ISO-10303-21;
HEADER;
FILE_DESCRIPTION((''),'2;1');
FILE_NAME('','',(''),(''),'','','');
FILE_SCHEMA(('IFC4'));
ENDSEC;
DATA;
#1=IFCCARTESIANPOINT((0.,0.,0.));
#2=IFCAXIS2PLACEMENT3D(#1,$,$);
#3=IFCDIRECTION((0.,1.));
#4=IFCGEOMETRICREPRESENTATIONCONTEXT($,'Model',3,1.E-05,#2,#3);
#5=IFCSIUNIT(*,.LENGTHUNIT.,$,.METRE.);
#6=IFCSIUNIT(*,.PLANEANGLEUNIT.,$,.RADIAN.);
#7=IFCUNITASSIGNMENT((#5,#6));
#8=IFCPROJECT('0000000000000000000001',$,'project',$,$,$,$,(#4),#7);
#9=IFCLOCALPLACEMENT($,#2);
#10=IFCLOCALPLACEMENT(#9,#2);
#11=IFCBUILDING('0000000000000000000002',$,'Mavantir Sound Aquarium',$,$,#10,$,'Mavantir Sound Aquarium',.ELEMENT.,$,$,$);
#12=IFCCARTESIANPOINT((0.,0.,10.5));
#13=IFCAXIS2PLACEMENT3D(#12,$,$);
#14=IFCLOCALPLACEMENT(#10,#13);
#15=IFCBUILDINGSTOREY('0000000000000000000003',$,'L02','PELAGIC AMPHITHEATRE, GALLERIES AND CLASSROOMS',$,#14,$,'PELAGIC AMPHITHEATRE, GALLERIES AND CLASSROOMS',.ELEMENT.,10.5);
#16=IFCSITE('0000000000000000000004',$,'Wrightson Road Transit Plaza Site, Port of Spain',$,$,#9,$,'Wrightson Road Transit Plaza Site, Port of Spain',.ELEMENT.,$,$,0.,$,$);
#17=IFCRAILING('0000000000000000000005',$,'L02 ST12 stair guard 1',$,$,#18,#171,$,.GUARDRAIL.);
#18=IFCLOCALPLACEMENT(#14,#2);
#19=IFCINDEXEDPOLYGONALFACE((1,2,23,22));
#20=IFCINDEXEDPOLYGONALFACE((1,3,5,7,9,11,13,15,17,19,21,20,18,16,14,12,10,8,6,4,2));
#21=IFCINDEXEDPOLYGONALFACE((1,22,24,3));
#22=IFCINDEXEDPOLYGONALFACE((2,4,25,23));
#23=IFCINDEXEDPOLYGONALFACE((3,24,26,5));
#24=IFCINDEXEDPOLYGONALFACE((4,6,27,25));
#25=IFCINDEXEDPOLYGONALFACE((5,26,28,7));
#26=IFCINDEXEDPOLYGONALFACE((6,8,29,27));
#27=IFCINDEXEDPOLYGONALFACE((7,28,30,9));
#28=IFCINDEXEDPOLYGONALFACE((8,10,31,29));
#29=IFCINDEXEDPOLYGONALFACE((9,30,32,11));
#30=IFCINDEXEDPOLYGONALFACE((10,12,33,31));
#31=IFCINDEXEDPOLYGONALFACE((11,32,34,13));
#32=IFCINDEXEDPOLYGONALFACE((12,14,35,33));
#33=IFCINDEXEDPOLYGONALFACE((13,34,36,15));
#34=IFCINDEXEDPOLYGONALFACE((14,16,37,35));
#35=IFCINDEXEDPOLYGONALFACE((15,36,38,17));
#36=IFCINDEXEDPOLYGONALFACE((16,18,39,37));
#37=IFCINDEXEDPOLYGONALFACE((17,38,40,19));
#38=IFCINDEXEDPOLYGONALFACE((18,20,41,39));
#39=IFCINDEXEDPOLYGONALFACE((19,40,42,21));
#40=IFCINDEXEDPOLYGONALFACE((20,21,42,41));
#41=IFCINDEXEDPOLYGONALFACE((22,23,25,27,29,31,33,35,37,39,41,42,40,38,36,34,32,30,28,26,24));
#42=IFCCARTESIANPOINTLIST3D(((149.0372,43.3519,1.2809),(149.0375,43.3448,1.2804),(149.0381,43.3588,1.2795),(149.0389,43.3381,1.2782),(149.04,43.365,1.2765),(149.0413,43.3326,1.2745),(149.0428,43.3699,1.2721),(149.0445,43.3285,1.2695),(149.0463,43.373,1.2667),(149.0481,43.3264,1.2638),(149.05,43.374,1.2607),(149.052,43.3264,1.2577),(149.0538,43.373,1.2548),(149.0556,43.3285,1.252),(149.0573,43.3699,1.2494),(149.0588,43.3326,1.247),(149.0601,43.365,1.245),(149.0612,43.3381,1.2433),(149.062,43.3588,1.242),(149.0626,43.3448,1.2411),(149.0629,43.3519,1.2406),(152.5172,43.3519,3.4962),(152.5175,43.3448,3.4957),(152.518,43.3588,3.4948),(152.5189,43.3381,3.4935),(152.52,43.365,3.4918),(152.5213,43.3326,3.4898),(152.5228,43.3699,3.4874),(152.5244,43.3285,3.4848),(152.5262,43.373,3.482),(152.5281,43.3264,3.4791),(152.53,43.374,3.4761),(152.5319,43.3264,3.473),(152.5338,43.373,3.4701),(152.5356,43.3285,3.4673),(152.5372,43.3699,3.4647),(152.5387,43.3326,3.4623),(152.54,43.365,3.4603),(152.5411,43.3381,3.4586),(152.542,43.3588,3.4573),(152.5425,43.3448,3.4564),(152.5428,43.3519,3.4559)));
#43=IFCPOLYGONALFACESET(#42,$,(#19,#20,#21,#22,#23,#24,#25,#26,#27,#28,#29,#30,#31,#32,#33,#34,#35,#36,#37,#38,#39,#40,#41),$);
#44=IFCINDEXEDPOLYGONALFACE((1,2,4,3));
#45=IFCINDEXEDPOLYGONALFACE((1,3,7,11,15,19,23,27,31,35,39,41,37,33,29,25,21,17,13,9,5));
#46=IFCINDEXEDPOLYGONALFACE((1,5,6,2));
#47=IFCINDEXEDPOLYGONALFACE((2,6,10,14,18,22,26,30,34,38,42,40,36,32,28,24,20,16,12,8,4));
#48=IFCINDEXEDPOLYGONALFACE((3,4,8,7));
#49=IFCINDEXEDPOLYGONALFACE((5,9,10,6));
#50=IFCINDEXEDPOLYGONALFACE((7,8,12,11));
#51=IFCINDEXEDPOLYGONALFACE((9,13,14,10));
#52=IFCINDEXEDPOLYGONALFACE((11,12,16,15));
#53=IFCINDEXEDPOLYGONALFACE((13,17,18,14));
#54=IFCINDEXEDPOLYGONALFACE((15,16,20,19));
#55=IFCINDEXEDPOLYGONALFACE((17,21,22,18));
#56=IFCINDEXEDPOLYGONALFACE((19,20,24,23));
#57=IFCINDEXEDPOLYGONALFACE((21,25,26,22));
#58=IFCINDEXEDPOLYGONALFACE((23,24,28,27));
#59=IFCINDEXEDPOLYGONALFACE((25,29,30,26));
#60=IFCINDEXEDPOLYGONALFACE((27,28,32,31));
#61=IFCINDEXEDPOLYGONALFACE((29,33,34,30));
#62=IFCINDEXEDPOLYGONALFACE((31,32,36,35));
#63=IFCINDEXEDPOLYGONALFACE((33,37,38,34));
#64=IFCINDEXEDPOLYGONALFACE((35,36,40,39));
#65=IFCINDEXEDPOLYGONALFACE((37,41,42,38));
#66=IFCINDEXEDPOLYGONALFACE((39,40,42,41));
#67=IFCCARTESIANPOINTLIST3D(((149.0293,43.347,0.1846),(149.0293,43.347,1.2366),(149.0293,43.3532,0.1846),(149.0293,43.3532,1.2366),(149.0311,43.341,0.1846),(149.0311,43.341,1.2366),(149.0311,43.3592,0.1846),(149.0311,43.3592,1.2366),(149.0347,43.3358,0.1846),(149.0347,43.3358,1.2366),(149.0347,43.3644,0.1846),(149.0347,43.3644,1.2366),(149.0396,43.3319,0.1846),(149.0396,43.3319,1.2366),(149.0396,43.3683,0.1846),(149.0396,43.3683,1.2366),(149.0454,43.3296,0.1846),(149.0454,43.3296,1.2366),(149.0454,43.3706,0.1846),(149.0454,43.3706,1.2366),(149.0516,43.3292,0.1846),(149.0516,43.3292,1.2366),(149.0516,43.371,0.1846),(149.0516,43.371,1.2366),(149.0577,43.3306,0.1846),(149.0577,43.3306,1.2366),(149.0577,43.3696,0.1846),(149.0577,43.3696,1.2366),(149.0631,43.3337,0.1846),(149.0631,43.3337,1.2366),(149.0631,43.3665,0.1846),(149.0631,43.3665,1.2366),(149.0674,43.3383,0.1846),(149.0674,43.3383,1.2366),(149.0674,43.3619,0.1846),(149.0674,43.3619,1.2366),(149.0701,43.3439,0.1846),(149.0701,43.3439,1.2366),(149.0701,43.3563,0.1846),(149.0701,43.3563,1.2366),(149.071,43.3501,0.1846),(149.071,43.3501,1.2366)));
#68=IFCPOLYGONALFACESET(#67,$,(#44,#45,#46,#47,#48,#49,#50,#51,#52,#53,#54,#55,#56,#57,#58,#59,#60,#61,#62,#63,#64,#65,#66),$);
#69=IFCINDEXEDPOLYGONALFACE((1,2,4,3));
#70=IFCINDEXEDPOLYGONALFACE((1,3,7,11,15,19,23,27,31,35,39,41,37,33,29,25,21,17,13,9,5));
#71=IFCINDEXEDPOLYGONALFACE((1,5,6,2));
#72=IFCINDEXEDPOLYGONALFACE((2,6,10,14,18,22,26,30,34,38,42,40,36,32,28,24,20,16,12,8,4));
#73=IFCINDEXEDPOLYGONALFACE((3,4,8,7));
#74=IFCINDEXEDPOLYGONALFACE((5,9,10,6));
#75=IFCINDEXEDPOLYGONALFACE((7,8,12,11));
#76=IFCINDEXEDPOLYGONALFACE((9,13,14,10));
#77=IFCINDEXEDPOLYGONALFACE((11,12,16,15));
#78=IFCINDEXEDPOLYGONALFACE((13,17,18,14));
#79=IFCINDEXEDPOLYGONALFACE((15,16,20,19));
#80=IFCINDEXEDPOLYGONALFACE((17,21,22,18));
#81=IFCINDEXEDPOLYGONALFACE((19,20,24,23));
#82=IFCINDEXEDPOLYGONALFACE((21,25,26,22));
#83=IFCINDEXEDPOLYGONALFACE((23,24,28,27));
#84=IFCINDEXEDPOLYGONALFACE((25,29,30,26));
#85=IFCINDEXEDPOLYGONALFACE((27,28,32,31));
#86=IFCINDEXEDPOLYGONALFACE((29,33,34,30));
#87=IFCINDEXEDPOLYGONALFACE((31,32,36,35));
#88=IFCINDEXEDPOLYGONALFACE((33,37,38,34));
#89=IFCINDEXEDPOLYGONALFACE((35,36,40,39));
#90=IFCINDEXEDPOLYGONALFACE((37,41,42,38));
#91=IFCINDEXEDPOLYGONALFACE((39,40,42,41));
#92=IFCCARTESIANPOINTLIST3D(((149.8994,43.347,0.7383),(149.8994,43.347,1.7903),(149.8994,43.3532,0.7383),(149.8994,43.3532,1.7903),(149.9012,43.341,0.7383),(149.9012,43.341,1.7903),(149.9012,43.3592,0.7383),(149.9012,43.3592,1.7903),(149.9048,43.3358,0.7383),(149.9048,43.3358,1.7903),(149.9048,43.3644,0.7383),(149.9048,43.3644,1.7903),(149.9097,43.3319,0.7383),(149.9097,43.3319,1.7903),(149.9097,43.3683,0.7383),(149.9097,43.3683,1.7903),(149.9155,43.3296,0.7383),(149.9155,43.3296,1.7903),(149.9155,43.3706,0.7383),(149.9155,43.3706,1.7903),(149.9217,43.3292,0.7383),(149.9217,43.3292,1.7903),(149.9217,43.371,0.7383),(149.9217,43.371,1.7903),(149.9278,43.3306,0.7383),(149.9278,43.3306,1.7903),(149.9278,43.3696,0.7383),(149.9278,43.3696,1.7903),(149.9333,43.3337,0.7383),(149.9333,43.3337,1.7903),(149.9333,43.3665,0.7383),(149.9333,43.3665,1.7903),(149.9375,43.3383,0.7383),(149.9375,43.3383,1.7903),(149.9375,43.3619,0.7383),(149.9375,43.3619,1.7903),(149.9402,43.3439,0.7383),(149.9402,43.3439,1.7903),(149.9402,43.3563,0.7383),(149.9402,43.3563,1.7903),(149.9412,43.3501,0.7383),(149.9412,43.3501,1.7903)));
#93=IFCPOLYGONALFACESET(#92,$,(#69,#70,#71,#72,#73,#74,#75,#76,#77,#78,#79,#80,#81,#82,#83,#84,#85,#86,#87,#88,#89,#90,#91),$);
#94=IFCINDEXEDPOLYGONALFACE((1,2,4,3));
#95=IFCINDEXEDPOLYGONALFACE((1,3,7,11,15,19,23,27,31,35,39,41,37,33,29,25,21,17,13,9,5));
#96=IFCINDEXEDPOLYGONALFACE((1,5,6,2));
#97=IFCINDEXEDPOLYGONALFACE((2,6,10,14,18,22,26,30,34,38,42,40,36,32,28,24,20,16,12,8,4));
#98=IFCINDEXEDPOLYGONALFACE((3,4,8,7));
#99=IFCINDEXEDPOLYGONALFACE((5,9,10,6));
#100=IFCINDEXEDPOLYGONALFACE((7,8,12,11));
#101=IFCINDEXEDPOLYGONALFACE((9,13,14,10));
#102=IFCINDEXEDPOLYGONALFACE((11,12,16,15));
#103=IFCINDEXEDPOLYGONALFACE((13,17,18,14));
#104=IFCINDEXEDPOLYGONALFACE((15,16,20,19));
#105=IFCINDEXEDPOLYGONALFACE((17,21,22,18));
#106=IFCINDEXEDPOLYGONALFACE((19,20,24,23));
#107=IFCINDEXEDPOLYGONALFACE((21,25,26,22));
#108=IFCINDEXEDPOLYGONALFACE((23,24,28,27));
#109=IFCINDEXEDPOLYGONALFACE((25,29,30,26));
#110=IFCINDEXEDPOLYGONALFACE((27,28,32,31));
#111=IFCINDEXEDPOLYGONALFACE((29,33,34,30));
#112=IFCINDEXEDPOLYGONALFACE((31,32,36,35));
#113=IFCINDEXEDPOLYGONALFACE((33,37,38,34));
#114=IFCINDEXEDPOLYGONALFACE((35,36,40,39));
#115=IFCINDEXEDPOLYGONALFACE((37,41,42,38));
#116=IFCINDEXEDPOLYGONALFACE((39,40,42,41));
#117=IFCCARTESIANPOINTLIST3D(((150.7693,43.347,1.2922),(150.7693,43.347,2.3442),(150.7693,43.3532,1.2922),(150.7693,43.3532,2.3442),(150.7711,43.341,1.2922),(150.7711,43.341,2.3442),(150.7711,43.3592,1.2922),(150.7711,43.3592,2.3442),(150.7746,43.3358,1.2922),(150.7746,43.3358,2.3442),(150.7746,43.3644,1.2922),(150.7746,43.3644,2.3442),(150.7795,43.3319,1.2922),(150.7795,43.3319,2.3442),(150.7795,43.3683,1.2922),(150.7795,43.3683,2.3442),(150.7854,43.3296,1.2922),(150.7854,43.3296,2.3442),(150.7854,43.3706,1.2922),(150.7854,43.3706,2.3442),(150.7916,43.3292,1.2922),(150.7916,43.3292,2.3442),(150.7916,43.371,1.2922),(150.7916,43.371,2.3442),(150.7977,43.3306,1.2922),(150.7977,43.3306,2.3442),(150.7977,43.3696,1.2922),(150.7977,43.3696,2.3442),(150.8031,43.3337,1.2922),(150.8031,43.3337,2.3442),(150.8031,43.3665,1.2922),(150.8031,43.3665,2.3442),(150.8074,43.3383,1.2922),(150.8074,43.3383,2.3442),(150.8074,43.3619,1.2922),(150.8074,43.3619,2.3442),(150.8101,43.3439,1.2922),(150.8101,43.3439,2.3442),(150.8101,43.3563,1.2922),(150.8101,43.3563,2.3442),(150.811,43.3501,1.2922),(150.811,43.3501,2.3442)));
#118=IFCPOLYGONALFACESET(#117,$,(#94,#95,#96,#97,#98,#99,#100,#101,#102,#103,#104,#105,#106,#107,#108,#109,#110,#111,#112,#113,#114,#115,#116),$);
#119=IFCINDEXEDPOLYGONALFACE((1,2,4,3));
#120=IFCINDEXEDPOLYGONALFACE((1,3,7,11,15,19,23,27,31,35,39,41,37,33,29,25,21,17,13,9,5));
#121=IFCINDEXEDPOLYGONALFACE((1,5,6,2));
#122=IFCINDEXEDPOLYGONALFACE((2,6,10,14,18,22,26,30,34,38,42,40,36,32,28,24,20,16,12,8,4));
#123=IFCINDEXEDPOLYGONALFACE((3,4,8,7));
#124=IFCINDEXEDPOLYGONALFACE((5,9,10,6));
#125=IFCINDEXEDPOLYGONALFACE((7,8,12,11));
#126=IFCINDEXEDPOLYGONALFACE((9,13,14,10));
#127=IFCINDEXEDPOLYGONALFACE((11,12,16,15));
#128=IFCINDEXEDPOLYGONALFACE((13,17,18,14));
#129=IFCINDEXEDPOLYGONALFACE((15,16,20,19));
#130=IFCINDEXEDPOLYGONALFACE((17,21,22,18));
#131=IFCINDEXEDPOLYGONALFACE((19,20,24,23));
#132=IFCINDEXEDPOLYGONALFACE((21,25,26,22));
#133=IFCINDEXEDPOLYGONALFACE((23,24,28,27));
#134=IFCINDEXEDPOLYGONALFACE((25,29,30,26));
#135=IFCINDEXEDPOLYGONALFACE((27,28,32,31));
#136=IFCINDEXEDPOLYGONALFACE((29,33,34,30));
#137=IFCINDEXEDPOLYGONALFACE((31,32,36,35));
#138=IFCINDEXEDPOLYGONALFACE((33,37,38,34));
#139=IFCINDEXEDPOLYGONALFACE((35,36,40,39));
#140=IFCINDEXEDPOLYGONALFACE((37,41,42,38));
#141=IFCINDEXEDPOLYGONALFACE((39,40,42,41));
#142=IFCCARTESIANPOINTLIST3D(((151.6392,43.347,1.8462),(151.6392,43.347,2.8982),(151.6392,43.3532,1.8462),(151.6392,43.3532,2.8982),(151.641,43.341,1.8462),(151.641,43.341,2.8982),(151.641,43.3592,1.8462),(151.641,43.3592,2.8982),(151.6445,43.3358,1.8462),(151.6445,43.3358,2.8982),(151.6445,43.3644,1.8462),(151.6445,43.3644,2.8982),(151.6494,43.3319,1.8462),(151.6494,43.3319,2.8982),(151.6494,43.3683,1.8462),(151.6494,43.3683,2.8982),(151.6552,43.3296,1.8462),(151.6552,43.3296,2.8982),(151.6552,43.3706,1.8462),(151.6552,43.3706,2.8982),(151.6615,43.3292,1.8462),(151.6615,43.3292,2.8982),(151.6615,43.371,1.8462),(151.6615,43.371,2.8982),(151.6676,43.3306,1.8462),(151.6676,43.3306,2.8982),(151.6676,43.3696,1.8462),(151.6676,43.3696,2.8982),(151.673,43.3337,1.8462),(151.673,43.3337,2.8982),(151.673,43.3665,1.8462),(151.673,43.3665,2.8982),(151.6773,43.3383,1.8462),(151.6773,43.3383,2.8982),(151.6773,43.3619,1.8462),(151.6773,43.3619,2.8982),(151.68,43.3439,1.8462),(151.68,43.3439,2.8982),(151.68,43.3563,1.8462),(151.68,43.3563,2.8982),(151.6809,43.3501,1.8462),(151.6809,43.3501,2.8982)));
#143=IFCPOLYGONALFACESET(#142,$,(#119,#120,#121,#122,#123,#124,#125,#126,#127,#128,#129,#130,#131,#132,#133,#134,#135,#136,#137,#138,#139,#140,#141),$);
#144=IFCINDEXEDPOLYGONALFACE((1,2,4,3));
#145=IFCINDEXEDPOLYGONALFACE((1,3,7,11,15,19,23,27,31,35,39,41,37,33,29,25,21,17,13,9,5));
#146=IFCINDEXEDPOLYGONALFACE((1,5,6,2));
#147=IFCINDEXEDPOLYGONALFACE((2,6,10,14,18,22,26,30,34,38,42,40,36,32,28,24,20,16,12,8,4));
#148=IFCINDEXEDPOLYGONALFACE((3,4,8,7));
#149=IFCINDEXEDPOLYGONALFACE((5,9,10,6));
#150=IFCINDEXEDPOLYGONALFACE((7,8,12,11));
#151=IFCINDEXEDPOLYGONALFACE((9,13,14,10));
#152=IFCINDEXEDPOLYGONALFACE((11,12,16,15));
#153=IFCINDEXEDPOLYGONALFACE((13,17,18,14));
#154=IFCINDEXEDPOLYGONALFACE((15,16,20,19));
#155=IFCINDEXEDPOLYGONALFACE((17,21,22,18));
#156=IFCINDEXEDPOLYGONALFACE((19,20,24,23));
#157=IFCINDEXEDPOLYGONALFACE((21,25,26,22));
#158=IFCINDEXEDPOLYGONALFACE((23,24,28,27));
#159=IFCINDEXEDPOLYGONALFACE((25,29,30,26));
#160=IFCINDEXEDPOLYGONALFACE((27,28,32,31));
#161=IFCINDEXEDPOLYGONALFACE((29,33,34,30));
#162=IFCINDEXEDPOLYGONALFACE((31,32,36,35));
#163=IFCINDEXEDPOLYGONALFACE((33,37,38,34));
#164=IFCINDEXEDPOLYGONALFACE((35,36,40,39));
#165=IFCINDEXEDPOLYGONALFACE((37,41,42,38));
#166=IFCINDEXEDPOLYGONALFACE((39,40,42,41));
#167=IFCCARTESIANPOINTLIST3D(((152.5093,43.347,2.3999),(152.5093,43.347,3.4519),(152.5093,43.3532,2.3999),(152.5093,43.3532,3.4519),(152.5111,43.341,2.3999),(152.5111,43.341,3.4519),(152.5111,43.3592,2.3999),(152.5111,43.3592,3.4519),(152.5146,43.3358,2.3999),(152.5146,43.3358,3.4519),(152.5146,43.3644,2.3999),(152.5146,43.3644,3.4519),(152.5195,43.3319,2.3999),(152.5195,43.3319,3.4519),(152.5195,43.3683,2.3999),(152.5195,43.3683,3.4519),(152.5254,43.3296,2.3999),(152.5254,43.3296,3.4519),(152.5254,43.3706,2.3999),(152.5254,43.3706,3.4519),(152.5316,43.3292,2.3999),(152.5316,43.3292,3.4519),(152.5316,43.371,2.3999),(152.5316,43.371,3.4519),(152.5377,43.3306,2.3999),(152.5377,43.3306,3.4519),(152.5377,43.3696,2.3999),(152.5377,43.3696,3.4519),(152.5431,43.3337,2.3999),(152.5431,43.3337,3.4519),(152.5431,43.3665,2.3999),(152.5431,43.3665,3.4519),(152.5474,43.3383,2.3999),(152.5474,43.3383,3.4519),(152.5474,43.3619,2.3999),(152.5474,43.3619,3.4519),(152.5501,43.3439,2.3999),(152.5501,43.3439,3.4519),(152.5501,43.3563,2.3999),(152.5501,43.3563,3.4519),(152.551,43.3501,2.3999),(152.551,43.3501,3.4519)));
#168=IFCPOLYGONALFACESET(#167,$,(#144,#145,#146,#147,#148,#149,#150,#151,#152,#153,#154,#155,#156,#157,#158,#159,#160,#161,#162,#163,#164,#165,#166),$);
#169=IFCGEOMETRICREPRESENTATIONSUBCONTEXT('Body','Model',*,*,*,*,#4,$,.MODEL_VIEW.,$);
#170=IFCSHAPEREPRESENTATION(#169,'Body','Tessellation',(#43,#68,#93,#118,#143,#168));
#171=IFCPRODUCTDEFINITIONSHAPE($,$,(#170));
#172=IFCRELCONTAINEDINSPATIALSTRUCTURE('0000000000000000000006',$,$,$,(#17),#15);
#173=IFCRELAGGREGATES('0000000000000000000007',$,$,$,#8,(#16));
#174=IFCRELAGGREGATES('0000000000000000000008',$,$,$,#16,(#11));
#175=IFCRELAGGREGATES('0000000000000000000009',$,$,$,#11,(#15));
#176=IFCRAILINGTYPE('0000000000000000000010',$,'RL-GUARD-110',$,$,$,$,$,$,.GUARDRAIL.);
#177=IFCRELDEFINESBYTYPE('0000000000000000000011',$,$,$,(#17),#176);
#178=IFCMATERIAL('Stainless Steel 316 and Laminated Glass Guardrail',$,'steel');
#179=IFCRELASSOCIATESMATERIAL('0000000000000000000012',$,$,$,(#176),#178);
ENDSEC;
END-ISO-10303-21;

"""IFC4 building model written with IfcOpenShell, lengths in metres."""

from ifc_helpers import new_model, si_unit, direction, frame, origin, origin_2d, place, context, subcontext, project, spatial, circle, extrude, material, type_object, element, save


model = new_model("IFC4")

# Units and contexts
model_context = context("Model", 3, precision=1e-05, world=origin(), true_north=direction((0.0, 1.0)))
body_context = subcontext(model_context, "Body", "Model", "MODEL_VIEW")
ifc_project = project(units=[si_unit("LENGTHUNIT", "METRE"), si_unit("PLANEANGLEUNIT", "RADIAN")], contexts=[model_context])

# Site, building, storey
site_placement = place(None, origin())
site = spatial("IfcSite", under=ifc_project, at=site_placement, Name="Wrightson Road Transit Plaza Site, Port of Spain", LongName="Wrightson Road Transit Plaza Site, Port of Spain", CompositionType="ELEMENT", RefElevation=0.0)
building_placement = place(site_placement, origin())
building = spatial("IfcBuilding", under=site, at=building_placement, Name="Mavantir Sound Aquarium", LongName="Mavantir Sound Aquarium", CompositionType="ELEMENT")
storey_placement = place(building_placement, frame((0.0, 0.0, 10.5)))
storey = spatial("IfcBuildingStorey", under=building, at=storey_placement, Name="L02", Description="PELAGIC AMPHITHEATRE, GALLERIES AND CLASSROOMS", LongName="PELAGIC AMPHITHEATRE, GALLERIES AND CLASSROOMS", CompositionType="ELEMENT", Elevation=10.5)

# Railing
ifc_material_1 = material(Name="Stainless Steel 316 and Laminated Glass Guardrail", Category="steel")
railing_type_1 = type_object("IfcRailingType", Name="RL-GUARD-110", PredefinedType="GUARDRAIL", material=ifc_material_1)
railing_1_placement = place(storey_placement, frame((149.05, 43.3501, 0.1846)))
element("IfcRailing", 1, at=railing_1_placement, inside=storey, type_object=railing_type_1, Name="L02 ST12 stair guard 1", PredefinedType="GUARDRAIL", context=body_context, shape_type="SweptSolid", body=[
    extrude(circle(Radius=0.0239, at=origin_2d()), frame((0.0, 0.0, 1.0762), z_axis=(0.843574, 0.0, 0.537013), x_axis=(0.0, 1.0, 0.0)), (0.0, 0.0, 1.0), 4.1252),
    extrude(circle(Radius=0.021, at=origin_2d()), origin(), (0.0, 0.0, 1.0), 1.052),
    extrude(circle(Radius=0.021, at=origin_2d()), frame((0.8701, 0.0, 0.5537)), (0.0, 0.0, 1.0), 1.052),
    extrude(circle(Radius=0.021, at=origin_2d()), frame((1.74, 0.0, 1.1077)), (0.0, 0.0, 1.0), 1.052),
    extrude(circle(Radius=0.021, at=origin_2d()), frame((2.6099, 0.0, 1.6616)), (0.0, 0.0, 1.0), 1.052),
    extrude(circle(Radius=0.021, at=origin_2d()), frame((3.48, 0.0, 2.2153)), (0.0, 0.0, 1.0), 1.052),
])

save(model, "model.ifc")
